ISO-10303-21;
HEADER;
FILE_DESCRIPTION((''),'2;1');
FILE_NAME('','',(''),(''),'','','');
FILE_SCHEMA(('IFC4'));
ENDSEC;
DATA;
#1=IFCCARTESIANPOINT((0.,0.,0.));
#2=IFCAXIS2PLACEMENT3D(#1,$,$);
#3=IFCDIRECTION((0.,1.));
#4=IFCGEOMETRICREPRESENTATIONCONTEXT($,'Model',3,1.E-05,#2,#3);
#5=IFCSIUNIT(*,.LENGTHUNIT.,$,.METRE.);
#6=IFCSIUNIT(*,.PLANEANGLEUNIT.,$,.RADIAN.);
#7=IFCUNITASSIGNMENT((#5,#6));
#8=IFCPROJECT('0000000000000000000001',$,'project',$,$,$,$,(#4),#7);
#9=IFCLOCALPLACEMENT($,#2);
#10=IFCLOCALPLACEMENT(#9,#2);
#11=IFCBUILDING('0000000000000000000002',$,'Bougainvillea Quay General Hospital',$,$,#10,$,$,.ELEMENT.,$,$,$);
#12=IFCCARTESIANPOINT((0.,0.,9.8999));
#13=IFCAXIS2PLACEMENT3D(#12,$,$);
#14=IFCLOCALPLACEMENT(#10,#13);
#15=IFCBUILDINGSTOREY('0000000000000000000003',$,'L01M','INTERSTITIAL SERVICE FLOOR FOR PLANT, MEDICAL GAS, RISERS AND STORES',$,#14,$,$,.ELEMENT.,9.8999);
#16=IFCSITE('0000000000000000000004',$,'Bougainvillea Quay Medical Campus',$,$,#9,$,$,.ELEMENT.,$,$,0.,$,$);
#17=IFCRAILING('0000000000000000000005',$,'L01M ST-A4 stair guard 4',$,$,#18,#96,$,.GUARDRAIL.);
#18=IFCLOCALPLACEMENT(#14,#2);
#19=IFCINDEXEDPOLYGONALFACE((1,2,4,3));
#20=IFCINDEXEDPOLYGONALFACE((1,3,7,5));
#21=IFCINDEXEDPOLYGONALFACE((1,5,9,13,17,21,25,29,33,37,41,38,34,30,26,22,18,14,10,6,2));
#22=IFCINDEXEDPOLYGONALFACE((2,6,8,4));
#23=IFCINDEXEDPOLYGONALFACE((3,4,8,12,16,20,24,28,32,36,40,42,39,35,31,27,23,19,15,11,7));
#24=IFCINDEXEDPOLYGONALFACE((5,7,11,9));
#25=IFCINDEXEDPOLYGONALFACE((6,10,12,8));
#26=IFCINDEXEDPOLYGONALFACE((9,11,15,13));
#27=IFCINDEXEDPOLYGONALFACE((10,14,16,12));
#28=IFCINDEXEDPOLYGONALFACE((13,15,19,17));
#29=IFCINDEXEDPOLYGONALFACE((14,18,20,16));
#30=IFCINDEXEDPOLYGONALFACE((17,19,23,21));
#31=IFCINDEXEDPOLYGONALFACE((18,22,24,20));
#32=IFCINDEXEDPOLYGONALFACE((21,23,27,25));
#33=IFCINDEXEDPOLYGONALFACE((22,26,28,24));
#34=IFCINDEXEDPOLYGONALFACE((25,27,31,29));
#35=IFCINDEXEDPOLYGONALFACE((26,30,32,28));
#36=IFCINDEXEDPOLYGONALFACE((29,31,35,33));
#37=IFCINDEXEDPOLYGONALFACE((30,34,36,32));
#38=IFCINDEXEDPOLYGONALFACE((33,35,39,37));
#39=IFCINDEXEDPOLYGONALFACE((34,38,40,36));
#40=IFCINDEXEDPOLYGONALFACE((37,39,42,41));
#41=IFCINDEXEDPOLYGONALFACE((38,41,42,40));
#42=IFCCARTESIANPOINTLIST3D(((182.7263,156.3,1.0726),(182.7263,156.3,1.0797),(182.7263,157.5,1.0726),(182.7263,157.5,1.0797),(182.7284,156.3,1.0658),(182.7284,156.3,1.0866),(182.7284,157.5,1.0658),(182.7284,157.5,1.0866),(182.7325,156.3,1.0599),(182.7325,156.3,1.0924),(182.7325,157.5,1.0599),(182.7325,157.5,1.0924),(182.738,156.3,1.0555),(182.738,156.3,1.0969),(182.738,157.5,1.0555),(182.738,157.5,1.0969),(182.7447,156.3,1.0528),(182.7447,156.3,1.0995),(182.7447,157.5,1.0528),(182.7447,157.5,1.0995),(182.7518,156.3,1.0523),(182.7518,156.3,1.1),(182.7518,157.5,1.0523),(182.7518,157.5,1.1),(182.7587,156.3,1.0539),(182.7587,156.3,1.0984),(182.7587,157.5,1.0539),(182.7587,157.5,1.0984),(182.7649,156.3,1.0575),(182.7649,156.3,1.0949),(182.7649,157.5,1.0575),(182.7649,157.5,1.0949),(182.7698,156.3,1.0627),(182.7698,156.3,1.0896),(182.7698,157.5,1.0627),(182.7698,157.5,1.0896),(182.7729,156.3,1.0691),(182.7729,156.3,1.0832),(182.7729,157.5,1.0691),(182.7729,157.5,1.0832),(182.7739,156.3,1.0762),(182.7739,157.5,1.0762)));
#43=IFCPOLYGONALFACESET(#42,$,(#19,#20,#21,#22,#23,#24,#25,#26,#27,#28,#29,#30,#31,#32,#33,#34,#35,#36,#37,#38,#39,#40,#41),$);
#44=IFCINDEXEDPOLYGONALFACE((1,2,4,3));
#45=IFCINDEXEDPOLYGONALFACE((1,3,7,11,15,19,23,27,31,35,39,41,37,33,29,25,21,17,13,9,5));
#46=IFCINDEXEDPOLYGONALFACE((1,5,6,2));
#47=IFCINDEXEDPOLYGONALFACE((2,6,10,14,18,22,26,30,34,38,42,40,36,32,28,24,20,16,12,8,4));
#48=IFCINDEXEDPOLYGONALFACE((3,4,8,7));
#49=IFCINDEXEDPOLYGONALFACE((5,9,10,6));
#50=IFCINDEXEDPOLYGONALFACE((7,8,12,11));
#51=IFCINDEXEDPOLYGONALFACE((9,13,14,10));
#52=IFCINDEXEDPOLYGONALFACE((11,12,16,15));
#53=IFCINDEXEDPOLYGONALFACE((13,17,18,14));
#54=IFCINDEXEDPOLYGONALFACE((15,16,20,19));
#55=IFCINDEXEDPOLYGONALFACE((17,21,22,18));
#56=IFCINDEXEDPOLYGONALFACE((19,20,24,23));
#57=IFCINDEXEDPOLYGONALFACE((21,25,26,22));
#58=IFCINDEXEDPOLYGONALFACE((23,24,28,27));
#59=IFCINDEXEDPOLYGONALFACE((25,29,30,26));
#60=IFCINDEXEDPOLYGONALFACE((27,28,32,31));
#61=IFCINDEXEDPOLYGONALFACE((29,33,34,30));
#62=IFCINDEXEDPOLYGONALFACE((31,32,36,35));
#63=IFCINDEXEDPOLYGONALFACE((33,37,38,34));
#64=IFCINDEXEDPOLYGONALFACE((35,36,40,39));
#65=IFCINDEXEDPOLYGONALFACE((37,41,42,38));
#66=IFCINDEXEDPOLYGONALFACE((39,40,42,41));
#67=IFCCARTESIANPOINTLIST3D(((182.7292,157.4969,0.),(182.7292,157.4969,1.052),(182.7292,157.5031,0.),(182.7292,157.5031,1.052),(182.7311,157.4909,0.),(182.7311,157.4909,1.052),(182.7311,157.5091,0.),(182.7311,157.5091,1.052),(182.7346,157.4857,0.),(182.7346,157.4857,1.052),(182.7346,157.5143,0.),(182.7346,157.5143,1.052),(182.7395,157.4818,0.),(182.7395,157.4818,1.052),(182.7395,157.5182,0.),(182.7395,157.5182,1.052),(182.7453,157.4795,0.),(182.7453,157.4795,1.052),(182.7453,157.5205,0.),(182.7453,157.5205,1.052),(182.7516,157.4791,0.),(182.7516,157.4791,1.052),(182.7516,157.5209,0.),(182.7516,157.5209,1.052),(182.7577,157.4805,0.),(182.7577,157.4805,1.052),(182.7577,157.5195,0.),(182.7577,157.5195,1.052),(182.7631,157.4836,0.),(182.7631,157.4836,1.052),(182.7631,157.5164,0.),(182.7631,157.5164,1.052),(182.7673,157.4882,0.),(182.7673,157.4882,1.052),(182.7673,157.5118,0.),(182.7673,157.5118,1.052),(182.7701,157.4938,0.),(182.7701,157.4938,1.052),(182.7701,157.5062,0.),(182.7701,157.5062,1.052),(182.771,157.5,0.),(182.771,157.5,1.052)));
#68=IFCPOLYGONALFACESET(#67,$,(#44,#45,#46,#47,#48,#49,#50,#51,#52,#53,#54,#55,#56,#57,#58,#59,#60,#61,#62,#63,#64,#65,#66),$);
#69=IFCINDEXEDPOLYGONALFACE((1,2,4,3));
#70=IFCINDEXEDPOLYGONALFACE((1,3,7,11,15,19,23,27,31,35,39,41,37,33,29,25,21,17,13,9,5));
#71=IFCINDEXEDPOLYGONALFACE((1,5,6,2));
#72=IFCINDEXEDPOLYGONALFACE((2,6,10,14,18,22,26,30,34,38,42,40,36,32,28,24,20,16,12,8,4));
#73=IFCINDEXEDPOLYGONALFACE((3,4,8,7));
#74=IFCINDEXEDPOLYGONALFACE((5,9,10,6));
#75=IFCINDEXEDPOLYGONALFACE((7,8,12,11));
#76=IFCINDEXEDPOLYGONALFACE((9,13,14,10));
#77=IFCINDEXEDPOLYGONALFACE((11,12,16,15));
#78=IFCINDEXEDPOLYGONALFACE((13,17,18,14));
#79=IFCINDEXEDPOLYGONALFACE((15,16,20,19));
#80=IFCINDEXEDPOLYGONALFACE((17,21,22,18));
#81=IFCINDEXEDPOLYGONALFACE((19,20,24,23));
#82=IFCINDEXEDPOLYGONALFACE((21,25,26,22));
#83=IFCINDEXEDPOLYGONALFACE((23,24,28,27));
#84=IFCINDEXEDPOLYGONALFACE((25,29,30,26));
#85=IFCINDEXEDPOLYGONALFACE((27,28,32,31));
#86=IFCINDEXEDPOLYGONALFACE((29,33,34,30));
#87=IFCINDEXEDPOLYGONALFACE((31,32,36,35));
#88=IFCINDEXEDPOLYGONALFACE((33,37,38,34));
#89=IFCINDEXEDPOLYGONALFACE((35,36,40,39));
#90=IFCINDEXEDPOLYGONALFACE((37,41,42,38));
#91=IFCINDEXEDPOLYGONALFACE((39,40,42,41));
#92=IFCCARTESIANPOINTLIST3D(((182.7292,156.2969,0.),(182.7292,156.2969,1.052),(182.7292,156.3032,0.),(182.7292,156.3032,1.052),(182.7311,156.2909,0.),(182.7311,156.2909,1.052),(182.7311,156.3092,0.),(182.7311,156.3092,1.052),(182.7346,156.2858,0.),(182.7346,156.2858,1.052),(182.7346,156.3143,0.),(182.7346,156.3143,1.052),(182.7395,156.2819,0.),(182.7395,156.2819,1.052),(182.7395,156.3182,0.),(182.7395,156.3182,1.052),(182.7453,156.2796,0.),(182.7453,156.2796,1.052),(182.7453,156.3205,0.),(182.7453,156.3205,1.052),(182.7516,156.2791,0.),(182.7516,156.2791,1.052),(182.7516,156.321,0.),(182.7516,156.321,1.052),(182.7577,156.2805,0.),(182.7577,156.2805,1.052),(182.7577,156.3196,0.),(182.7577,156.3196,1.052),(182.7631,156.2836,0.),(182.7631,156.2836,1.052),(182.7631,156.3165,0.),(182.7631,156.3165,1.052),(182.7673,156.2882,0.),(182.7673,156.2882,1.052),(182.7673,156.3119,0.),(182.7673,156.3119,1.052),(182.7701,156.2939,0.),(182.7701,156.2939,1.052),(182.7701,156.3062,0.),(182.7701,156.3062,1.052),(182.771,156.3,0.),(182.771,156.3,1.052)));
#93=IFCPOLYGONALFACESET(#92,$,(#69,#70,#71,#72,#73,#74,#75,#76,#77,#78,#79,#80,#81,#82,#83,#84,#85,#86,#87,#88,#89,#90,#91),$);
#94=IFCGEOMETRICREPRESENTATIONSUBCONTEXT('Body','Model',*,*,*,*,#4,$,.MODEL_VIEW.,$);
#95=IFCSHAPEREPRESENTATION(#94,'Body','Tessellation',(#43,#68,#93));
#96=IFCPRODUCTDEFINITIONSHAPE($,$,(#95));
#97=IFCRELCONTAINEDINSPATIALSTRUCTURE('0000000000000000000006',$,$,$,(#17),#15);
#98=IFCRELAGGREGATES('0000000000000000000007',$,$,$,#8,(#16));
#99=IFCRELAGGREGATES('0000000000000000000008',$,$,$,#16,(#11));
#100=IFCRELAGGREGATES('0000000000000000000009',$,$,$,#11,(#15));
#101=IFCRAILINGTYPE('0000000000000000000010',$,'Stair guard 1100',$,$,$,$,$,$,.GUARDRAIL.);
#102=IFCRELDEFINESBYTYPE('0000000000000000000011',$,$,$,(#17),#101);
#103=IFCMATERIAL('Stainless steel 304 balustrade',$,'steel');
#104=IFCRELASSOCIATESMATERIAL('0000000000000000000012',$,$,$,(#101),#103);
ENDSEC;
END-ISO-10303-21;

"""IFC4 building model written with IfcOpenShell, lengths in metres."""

from ifc_helpers import new_model, si_unit, direction, frame, origin, origin_2d, place, context, subcontext, project, spatial, circle, extrude, material, type_object, element, save


model = new_model("IFC4")

# Units and contexts
model_context = context("Model", 3, precision=1e-05, world=origin(), true_north=direction((0.0, 1.0)))
body_context = subcontext(model_context, "Body", "Model", "MODEL_VIEW")
ifc_project = project(units=[si_unit("LENGTHUNIT", "METRE"), si_unit("PLANEANGLEUNIT", "RADIAN")], contexts=[model_context])

# Site, building, storey
site_placement = place(None, origin())
site = spatial("IfcSite", under=ifc_project, at=site_placement, Name="Bougainvillea Quay Medical Campus", CompositionType="ELEMENT", RefElevation=0.0)
building_placement = place(site_placement, origin())
building = spatial("IfcBuilding", under=site, at=building_placement, Name="Bougainvillea Quay General Hospital", CompositionType="ELEMENT")
storey_placement = place(building_placement, frame((0.0, 0.0, 9.8999)))
storey = spatial("IfcBuildingStorey", under=building, at=storey_placement, Name="L01M", Description="INTERSTITIAL SERVICE FLOOR FOR PLANT, MEDICAL GAS, RISERS AND STORES", CompositionType="ELEMENT", Elevation=9.8999)

# Railing
ifc_material_1 = material(Name="Stainless steel 304 balustrade", Category="steel")
railing_type_1 = type_object("IfcRailingType", Name="Stair guard 1100", PredefinedType="GUARDRAIL", material=ifc_material_1)
railing_1_placement = place(storey_placement, frame((182.75, 157.5, 0.0)))
element("IfcRailing", 1, at=railing_1_placement, inside=storey, type_object=railing_type_1, Name="L01M ST-A4 stair guard 4", PredefinedType="GUARDRAIL", context=body_context, shape_type="SweptSolid", body=[
    extrude(circle(Radius=0.0239, at=origin_2d()), frame((0.0, 0.0, 1.0762), z_axis=(0.0, -1.0, 0.0), x_axis=(1.0, 0.0, 0.0)), (0.0, 0.0, 1.0), 1.2),
    extrude(circle(Radius=0.021, at=origin_2d()), origin(), (0.0, 0.0, 1.0), 1.052),
    extrude(circle(Radius=0.021, at=origin_2d()), frame((0.0, -1.2, 0.0)), (0.0, 0.0, 1.0), 1.052),
])

save(model, "model.ifc")
